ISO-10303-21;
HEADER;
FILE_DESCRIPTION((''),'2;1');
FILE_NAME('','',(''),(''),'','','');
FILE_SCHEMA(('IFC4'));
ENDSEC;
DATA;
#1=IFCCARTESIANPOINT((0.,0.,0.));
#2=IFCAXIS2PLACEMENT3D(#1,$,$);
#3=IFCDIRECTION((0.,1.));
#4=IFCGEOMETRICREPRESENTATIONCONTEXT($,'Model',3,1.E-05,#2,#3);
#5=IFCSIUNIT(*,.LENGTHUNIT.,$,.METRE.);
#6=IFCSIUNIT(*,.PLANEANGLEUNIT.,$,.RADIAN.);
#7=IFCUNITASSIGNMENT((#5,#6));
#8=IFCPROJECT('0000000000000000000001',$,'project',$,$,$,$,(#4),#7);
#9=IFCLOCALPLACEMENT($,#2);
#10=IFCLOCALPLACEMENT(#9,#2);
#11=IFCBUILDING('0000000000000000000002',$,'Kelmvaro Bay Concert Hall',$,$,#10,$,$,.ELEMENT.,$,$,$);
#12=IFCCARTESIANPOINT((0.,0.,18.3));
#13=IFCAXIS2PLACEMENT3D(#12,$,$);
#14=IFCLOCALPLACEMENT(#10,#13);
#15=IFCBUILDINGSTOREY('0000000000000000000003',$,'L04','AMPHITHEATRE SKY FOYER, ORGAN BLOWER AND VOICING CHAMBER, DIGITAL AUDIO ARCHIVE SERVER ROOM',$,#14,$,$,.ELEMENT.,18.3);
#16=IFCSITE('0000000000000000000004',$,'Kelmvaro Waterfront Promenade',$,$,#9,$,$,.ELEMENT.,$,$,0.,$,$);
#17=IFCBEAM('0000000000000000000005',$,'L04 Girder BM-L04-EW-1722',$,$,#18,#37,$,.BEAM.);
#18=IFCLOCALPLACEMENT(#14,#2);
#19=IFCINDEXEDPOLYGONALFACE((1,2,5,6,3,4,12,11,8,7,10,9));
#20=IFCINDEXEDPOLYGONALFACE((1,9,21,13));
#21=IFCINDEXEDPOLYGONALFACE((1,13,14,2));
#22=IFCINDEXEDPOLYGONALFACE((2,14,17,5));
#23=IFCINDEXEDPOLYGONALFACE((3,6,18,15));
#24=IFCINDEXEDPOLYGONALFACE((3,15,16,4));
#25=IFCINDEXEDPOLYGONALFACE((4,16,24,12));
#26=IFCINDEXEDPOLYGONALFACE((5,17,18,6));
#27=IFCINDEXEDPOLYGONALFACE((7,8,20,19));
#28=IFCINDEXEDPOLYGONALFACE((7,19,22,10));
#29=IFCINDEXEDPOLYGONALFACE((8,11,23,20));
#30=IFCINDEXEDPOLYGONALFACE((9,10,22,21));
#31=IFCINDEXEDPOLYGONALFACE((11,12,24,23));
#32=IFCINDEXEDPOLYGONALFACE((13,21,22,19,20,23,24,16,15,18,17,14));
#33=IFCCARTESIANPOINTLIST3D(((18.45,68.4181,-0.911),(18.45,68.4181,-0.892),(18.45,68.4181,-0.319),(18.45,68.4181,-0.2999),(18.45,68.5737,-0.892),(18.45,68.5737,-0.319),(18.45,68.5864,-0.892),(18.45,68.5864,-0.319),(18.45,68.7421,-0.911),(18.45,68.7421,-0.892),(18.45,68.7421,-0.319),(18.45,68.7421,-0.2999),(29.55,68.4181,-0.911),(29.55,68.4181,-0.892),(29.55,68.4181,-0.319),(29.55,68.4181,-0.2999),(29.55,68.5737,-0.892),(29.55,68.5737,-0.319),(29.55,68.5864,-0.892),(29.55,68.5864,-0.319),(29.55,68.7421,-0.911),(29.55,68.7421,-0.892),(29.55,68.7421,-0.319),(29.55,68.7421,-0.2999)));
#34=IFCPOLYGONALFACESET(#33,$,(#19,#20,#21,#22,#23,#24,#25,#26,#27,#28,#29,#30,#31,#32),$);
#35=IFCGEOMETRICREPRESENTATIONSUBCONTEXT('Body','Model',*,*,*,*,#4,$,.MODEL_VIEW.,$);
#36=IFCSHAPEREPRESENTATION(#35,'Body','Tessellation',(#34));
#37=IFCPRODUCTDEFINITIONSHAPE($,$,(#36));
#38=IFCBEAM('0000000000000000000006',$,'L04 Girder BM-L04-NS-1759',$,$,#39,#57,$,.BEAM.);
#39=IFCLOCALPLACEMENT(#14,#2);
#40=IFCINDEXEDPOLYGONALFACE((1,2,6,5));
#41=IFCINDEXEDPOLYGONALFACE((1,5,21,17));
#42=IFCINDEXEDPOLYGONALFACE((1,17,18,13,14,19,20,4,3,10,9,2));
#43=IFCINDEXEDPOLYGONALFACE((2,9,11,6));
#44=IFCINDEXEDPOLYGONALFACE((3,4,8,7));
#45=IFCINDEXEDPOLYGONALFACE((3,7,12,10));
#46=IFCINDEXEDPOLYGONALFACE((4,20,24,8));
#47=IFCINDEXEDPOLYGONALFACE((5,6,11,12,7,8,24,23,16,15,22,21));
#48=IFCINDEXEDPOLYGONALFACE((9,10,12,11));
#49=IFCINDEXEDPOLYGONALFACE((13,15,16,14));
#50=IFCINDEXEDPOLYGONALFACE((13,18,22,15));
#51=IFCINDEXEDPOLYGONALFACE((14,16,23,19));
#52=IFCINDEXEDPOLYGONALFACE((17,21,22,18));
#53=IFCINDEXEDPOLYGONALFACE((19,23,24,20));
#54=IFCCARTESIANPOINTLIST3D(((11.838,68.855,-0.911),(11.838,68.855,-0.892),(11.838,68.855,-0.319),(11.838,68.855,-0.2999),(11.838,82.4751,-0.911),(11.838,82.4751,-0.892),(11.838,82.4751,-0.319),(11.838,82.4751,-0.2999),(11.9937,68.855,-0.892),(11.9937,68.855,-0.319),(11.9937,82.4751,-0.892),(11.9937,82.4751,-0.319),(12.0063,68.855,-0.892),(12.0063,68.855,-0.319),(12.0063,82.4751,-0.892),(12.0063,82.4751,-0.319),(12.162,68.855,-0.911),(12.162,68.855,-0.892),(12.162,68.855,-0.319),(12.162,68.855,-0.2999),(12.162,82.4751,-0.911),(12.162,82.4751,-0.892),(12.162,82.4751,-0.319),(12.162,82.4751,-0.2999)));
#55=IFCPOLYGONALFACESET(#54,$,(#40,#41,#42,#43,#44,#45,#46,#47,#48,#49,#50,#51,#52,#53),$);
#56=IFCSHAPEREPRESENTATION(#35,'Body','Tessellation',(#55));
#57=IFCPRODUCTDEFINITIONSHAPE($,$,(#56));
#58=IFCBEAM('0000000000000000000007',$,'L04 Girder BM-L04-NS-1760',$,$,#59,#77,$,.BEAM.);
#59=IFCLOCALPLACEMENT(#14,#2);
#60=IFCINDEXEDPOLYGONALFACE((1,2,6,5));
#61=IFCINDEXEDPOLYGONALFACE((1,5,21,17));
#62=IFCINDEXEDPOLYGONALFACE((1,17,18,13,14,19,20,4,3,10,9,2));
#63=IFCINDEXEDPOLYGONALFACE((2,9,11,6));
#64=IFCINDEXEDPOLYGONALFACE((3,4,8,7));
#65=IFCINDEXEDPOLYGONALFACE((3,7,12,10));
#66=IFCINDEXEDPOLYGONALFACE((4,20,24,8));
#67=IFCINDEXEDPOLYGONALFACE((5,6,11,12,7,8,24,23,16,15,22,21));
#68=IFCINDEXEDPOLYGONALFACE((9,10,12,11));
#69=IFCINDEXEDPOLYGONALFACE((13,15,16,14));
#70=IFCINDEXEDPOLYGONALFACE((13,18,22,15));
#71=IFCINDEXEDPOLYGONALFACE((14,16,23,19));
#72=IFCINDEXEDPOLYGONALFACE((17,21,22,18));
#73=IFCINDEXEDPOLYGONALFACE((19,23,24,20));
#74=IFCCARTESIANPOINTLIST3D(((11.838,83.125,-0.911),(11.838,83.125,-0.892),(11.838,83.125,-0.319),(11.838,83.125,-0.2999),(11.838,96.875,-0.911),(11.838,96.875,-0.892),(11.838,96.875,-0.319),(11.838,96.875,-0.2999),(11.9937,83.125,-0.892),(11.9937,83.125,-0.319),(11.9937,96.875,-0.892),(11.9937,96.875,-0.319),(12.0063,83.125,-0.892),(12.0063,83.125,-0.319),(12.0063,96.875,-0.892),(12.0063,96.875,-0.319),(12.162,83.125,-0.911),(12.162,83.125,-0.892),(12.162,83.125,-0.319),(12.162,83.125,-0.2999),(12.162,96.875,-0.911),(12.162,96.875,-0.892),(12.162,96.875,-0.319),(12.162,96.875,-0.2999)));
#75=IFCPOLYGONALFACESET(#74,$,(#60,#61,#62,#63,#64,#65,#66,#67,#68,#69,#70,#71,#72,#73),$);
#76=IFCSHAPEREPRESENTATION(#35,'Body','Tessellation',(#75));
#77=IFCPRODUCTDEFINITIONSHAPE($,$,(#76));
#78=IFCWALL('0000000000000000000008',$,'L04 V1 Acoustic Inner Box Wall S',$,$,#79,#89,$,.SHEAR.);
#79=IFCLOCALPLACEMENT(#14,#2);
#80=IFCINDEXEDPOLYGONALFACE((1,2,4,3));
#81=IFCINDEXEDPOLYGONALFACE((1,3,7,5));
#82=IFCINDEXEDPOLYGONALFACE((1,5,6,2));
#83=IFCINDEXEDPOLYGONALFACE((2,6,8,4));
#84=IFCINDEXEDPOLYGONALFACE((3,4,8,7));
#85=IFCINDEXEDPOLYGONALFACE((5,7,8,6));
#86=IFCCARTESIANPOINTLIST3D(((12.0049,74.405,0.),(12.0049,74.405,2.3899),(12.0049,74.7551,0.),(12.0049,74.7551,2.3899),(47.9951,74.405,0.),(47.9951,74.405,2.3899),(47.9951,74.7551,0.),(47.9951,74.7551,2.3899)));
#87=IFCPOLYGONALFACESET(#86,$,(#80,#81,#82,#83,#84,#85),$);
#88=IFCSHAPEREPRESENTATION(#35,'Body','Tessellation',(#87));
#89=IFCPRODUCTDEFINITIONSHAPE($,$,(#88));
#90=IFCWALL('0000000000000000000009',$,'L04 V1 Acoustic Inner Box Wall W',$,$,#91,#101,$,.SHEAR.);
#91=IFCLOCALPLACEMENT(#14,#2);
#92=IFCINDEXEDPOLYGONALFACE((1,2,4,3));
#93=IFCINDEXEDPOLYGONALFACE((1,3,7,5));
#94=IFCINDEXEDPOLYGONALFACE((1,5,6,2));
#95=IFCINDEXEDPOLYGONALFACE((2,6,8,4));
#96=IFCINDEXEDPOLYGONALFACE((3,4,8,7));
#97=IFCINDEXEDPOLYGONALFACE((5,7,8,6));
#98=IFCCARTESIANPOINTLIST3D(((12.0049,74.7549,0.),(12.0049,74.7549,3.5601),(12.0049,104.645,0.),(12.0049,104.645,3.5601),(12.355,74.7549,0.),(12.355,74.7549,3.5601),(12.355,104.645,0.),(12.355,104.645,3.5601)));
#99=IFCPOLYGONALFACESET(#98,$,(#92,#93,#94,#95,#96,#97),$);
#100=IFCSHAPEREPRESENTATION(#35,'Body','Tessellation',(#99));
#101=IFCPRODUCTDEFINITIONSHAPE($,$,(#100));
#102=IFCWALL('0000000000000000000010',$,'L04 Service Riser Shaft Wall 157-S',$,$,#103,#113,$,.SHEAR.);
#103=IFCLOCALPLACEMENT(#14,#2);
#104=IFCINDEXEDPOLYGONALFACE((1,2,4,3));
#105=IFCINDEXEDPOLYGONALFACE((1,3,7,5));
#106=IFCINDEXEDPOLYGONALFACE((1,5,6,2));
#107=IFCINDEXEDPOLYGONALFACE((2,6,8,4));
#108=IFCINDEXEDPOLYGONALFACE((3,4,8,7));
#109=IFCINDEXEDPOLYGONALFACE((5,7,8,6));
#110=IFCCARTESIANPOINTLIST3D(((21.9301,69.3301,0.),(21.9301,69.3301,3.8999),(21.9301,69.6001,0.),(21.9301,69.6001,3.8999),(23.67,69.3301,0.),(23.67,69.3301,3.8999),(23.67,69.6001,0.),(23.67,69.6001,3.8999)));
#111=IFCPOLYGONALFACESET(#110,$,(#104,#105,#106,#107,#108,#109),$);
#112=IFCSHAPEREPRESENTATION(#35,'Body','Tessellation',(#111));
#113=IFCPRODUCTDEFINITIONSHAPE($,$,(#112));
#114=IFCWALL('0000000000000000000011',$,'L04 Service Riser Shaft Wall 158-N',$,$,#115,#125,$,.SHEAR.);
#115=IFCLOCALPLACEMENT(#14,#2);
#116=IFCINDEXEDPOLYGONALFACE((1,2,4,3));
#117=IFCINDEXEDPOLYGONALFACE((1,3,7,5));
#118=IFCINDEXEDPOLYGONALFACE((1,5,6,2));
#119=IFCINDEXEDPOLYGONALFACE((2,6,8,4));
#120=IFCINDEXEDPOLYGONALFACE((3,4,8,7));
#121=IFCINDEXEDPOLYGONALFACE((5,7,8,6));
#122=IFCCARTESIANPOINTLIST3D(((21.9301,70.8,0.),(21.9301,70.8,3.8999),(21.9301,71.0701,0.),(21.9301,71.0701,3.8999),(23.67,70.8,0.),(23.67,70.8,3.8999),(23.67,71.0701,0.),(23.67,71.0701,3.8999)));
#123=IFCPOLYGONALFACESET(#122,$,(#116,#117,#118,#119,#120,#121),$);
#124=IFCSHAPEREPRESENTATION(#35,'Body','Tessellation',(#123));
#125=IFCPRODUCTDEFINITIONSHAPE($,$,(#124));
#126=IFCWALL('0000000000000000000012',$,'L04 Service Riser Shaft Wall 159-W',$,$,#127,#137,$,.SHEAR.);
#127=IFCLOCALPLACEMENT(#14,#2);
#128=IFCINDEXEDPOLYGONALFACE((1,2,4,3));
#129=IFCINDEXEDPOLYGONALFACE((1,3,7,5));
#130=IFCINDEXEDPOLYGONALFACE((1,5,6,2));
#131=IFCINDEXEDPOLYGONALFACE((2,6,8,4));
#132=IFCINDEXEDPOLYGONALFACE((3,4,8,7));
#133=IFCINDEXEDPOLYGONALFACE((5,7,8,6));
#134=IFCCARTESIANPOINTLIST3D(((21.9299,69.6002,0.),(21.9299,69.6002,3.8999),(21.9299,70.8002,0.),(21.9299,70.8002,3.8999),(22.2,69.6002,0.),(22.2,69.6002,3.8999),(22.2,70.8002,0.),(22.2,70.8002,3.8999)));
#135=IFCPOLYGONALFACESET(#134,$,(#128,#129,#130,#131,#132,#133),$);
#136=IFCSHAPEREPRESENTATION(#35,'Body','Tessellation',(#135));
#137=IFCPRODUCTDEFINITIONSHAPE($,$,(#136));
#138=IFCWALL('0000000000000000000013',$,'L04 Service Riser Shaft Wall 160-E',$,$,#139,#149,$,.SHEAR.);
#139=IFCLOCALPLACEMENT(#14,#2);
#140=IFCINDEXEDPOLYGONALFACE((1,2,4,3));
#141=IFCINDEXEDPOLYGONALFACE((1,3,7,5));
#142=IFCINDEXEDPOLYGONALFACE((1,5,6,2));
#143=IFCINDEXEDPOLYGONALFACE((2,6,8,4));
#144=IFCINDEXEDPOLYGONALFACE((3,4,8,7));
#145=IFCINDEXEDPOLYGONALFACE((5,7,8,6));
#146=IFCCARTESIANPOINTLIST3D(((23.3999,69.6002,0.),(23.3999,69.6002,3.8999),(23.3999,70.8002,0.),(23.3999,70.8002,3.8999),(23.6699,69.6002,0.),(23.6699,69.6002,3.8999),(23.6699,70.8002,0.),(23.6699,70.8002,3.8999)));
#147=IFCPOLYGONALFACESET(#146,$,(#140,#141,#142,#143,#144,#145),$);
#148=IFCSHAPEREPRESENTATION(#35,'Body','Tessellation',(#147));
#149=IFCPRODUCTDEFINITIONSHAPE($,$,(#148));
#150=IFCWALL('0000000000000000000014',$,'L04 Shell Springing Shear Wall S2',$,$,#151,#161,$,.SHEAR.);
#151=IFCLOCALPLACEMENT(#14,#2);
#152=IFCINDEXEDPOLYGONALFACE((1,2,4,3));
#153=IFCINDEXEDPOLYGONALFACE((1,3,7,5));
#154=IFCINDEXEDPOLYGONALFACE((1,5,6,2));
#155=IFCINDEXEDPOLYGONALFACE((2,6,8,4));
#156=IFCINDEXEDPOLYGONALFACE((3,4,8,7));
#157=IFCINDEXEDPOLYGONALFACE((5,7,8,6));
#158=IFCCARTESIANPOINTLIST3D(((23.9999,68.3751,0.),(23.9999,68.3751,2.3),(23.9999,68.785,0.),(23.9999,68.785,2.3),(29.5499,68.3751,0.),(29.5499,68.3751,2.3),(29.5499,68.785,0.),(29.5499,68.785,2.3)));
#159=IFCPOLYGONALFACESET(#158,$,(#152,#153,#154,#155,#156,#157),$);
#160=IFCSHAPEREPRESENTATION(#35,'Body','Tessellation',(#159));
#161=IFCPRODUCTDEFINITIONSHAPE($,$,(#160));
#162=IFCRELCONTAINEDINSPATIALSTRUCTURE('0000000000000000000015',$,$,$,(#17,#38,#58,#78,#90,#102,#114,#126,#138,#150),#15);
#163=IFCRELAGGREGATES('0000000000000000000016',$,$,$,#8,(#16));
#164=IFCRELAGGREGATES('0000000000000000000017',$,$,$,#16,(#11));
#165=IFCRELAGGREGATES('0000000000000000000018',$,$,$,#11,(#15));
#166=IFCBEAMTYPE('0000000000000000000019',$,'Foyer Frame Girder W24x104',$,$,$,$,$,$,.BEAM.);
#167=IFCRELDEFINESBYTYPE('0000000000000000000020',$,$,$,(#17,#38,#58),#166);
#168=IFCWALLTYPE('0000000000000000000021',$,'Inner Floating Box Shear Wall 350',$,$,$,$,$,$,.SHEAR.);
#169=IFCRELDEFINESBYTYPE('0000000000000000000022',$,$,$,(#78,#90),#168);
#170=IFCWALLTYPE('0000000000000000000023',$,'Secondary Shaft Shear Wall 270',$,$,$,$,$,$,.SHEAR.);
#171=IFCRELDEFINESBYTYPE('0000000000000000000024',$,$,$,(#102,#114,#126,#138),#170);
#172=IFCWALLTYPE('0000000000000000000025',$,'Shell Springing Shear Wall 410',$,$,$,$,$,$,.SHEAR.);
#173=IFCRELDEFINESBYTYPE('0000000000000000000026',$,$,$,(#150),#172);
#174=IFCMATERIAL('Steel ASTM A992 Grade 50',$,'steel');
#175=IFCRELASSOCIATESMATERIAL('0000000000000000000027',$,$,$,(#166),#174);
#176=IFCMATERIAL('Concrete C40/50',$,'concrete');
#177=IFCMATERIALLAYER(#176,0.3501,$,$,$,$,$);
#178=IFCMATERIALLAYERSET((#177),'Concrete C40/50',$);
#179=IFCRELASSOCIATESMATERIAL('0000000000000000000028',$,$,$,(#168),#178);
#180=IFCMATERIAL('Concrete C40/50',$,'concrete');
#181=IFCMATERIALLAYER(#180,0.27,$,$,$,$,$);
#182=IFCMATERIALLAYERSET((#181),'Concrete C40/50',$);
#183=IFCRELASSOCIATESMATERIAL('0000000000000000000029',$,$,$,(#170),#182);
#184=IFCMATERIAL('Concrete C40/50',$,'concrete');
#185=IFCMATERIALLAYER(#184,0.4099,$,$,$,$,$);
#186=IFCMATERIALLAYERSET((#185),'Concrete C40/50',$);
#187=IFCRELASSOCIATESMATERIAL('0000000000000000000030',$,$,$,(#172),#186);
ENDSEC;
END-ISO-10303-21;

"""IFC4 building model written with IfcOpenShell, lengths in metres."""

from ifc_helpers import new_model, si_unit, direction, frame, frame_2d, origin, origin_2d, place, context, subcontext, project, spatial, rectangle, i_section, extrude, material, layer, layer_set, material_profile, profile_set, type_object, element, save


model = new_model("IFC4")

# Units and contexts
model_context = context("Model", 3, precision=1e-05, world=origin(), true_north=direction((0.0, 1.0)))
body_context = subcontext(model_context, "Body", "Model", "MODEL_VIEW")
ifc_project = project(units=[si_unit("LENGTHUNIT", "METRE"), si_unit("PLANEANGLEUNIT", "RADIAN")], contexts=[model_context])

# Site, building, storey
site_placement = place(None, origin())
site = spatial("IfcSite", under=ifc_project, at=site_placement, Name="Kelmvaro Waterfront Promenade", CompositionType="ELEMENT", RefElevation=0.0)
building_placement = place(site_placement, origin())
building = spatial("IfcBuilding", under=site, at=building_placement, Name="Kelmvaro Bay Concert Hall", CompositionType="ELEMENT")
storey_placement = place(building_placement, frame((0.0, 0.0, 18.3)))
storey = spatial("IfcBuildingStorey", under=building, at=storey_placement, Name="L04", Description="AMPHITHEATRE SKY FOYER, ORGAN BLOWER AND VOICING CHAMBER, DIGITAL AUDIO ARCHIVE SERVER ROOM", CompositionType="ELEMENT", Elevation=18.3)

# Beams
ifc_material_1 = material(Name="Steel ASTM A992 Grade 50", Category="steel")
ifc_material_profile_1 = material_profile(ifc_material_1, i_section(OverallWidth=0.324, OverallDepth=0.6111, WebThickness=0.0127, FlangeThickness=0.019, at=origin_2d()), Name="W24X104")
ifc_profile_set_1 = profile_set([ifc_material_profile_1], Name="Steel ASTM A992 Grade 50")
beam_type_1 = type_object("IfcBeamType", Name="Foyer Frame Girder W24x104", PredefinedType="BEAM", material=ifc_profile_set_1)
beam_1_placement = place(storey_placement, frame((18.45, 68.5801, -0.6055), z_axis=(1.0, 0.0, 0.0), x_axis=(0.0, 1.0, 0.0)))
element("IfcBeam", 1, at=beam_1_placement, inside=storey, type_object=beam_type_1, Name="L04 Girder BM-L04-EW-1722", PredefinedType="BEAM", context=body_context, shape_type="SweptSolid", body=[
    extrude(i_section(OverallWidth=0.324, OverallDepth=0.6111, WebThickness=0.0127, FlangeThickness=0.019, at=origin_2d()), origin(), (0.0, 0.0, 1.0), 11.1001),
])
beam_2_placement = place(storey_placement, frame((12.0, 68.855, -0.6055), z_axis=(0.0, 1.0, 0.0), x_axis=(-1.0, 0.0, 0.0)))
element("IfcBeam", 2, at=beam_2_placement, inside=storey, type_object=beam_type_1, Name="L04 Girder BM-L04-NS-1759", PredefinedType="BEAM", context=body_context, shape_type="SweptSolid", body=[
    extrude(i_section(OverallWidth=0.324, OverallDepth=0.6111, WebThickness=0.0127, FlangeThickness=0.019, at=origin_2d()), origin(), (0.0, 0.0, 1.0), 13.6201),
])
beam_3_placement = place(storey_placement, frame((12.0, 83.125, -0.6055), z_axis=(0.0, 1.0, 0.0), x_axis=(-1.0, 0.0, 0.0)))
element("IfcBeam", 3, at=beam_3_placement, inside=storey, type_object=beam_type_1, Name="L04 Girder BM-L04-NS-1760", PredefinedType="BEAM", context=body_context, shape_type="SweptSolid", body=[
    extrude(i_section(OverallWidth=0.324, OverallDepth=0.6111, WebThickness=0.0127, FlangeThickness=0.019, at=origin_2d()), origin(), (0.0, 0.0, 1.0), 13.75),
])

# Walls
ifc_material_2 = material(Name="Concrete C40/50", Category="concrete")
ifc_layer_1 = layer(ifc_material_2, 0.3501)
ifc_layer_set_1 = layer_set([ifc_layer_1], Name="Concrete C40/50")
wall_type_1 = type_object("IfcWallType", Name="Inner Floating Box Shear Wall 350", PredefinedType="SHEAR", material=ifc_layer_set_1)
wall_1_placement = place(storey_placement, frame((12.0049, 74.5801, 0.0), z_axis=(0.0, 0.0, 1.0), x_axis=(1.0, 0.0, 0.0)))
element("IfcWall", 4, at=wall_1_placement, inside=storey, type_object=wall_type_1, Name="L04 V1 Acoustic Inner Box Wall S", PredefinedType="SHEAR", context=body_context, shape_type="SweptSolid", body=[
    extrude(rectangle(XDim=35.9902, YDim=0.3501, at=frame_2d((17.9951, 0.0))), origin(), (0.0, 0.0, 1.0), 2.3899),
])
wall_2_placement = place(storey_placement, frame((12.1799, 74.7549, 0.0), z_axis=(0.0, 0.0, 1.0), x_axis=(0.0, 1.0, 0.0)))
element("IfcWall", 5, at=wall_2_placement, inside=storey, type_object=wall_type_1, Name="L04 V1 Acoustic Inner Box Wall W", PredefinedType="SHEAR", context=body_context, shape_type="SweptSolid", body=[
    extrude(rectangle(XDim=29.8901, YDim=0.3501, at=frame_2d((14.9451, 0.0))), origin(), (0.0, 0.0, 1.0), 3.5601),
])
ifc_material_3 = material(Name="Concrete C40/50", Category="concrete")
ifc_layer_2 = layer(ifc_material_3, 0.27)
ifc_layer_set_2 = layer_set([ifc_layer_2], Name="Concrete C40/50")
wall_type_2 = type_object("IfcWallType", Name="Secondary Shaft Shear Wall 270", PredefinedType="SHEAR", material=ifc_layer_set_2)
for number, where, z_axis, x_axis, name in (
    (6, (21.9299, 69.4651, 0.0), (0.0, 0.0, 1.0), (1.0, 0.0, 0.0), "L04 Service Riser Shaft Wall 157-S"),
    (7, (21.9299, 70.9351, 0.0), (0.0, 0.0, 1.0), (1.0, 0.0, 0.0), "L04 Service Riser Shaft Wall 158-N"),
):
    element("IfcWall", number, at=place(storey_placement, frame(where, z_axis=z_axis, x_axis=x_axis)), inside=storey, type_object=wall_type_2, Name=name, PredefinedType="SHEAR", context=body_context, shape_type="SweptSolid", body=[
        extrude(rectangle(XDim=1.74, YDim=0.27, at=frame_2d((0.8701, 0.0))), origin(), (0.0, 0.0, 1.0), 3.8999),
    ])
for number, where, z_axis, x_axis, name in (
    (8, (22.0649, 69.6001, 0.0), (0.0, 0.0, 1.0), (0.0, 1.0, 0.0), "L04 Service Riser Shaft Wall 159-W"),
    (9, (23.5349, 69.6001, 0.0), (0.0, 0.0, 1.0), (0.0, 1.0, 0.0), "L04 Service Riser Shaft Wall 160-E"),
):
    element("IfcWall", number, at=place(storey_placement, frame(where, z_axis=z_axis, x_axis=x_axis)), inside=storey, type_object=wall_type_2, Name=name, PredefinedType="SHEAR", context=body_context, shape_type="SweptSolid", body=[
        extrude(rectangle(XDim=1.2, YDim=0.27, at=frame_2d((0.6001, 0.0))), origin(), (0.0, 0.0, 1.0), 3.8999),
    ])
ifc_material_4 = material(Name="Concrete C40/50", Category="concrete")
ifc_layer_3 = layer(ifc_material_4, 0.4099)
ifc_layer_set_3 = layer_set([ifc_layer_3], Name="Concrete C40/50")
wall_type_3 = type_object("IfcWallType", Name="Shell Springing Shear Wall 410", PredefinedType="SHEAR", material=ifc_layer_set_3)
wall_3_placement = place(storey_placement, frame((24.0, 68.5801, 0.0), z_axis=(0.0, 0.0, 1.0), x_axis=(1.0, 0.0, 0.0)))
element("IfcWall", 10, at=wall_3_placement, inside=storey, type_object=wall_type_3, Name="L04 Shell Springing Shear Wall S2", PredefinedType="SHEAR", context=body_context, shape_type="SweptSolid", body=[
    extrude(rectangle(XDim=5.55, YDim=0.4099, at=frame_2d((2.7749, 0.0))), origin(), (0.0, 0.0, 1.0), 2.3),
])

save(model, "model.ifc")
